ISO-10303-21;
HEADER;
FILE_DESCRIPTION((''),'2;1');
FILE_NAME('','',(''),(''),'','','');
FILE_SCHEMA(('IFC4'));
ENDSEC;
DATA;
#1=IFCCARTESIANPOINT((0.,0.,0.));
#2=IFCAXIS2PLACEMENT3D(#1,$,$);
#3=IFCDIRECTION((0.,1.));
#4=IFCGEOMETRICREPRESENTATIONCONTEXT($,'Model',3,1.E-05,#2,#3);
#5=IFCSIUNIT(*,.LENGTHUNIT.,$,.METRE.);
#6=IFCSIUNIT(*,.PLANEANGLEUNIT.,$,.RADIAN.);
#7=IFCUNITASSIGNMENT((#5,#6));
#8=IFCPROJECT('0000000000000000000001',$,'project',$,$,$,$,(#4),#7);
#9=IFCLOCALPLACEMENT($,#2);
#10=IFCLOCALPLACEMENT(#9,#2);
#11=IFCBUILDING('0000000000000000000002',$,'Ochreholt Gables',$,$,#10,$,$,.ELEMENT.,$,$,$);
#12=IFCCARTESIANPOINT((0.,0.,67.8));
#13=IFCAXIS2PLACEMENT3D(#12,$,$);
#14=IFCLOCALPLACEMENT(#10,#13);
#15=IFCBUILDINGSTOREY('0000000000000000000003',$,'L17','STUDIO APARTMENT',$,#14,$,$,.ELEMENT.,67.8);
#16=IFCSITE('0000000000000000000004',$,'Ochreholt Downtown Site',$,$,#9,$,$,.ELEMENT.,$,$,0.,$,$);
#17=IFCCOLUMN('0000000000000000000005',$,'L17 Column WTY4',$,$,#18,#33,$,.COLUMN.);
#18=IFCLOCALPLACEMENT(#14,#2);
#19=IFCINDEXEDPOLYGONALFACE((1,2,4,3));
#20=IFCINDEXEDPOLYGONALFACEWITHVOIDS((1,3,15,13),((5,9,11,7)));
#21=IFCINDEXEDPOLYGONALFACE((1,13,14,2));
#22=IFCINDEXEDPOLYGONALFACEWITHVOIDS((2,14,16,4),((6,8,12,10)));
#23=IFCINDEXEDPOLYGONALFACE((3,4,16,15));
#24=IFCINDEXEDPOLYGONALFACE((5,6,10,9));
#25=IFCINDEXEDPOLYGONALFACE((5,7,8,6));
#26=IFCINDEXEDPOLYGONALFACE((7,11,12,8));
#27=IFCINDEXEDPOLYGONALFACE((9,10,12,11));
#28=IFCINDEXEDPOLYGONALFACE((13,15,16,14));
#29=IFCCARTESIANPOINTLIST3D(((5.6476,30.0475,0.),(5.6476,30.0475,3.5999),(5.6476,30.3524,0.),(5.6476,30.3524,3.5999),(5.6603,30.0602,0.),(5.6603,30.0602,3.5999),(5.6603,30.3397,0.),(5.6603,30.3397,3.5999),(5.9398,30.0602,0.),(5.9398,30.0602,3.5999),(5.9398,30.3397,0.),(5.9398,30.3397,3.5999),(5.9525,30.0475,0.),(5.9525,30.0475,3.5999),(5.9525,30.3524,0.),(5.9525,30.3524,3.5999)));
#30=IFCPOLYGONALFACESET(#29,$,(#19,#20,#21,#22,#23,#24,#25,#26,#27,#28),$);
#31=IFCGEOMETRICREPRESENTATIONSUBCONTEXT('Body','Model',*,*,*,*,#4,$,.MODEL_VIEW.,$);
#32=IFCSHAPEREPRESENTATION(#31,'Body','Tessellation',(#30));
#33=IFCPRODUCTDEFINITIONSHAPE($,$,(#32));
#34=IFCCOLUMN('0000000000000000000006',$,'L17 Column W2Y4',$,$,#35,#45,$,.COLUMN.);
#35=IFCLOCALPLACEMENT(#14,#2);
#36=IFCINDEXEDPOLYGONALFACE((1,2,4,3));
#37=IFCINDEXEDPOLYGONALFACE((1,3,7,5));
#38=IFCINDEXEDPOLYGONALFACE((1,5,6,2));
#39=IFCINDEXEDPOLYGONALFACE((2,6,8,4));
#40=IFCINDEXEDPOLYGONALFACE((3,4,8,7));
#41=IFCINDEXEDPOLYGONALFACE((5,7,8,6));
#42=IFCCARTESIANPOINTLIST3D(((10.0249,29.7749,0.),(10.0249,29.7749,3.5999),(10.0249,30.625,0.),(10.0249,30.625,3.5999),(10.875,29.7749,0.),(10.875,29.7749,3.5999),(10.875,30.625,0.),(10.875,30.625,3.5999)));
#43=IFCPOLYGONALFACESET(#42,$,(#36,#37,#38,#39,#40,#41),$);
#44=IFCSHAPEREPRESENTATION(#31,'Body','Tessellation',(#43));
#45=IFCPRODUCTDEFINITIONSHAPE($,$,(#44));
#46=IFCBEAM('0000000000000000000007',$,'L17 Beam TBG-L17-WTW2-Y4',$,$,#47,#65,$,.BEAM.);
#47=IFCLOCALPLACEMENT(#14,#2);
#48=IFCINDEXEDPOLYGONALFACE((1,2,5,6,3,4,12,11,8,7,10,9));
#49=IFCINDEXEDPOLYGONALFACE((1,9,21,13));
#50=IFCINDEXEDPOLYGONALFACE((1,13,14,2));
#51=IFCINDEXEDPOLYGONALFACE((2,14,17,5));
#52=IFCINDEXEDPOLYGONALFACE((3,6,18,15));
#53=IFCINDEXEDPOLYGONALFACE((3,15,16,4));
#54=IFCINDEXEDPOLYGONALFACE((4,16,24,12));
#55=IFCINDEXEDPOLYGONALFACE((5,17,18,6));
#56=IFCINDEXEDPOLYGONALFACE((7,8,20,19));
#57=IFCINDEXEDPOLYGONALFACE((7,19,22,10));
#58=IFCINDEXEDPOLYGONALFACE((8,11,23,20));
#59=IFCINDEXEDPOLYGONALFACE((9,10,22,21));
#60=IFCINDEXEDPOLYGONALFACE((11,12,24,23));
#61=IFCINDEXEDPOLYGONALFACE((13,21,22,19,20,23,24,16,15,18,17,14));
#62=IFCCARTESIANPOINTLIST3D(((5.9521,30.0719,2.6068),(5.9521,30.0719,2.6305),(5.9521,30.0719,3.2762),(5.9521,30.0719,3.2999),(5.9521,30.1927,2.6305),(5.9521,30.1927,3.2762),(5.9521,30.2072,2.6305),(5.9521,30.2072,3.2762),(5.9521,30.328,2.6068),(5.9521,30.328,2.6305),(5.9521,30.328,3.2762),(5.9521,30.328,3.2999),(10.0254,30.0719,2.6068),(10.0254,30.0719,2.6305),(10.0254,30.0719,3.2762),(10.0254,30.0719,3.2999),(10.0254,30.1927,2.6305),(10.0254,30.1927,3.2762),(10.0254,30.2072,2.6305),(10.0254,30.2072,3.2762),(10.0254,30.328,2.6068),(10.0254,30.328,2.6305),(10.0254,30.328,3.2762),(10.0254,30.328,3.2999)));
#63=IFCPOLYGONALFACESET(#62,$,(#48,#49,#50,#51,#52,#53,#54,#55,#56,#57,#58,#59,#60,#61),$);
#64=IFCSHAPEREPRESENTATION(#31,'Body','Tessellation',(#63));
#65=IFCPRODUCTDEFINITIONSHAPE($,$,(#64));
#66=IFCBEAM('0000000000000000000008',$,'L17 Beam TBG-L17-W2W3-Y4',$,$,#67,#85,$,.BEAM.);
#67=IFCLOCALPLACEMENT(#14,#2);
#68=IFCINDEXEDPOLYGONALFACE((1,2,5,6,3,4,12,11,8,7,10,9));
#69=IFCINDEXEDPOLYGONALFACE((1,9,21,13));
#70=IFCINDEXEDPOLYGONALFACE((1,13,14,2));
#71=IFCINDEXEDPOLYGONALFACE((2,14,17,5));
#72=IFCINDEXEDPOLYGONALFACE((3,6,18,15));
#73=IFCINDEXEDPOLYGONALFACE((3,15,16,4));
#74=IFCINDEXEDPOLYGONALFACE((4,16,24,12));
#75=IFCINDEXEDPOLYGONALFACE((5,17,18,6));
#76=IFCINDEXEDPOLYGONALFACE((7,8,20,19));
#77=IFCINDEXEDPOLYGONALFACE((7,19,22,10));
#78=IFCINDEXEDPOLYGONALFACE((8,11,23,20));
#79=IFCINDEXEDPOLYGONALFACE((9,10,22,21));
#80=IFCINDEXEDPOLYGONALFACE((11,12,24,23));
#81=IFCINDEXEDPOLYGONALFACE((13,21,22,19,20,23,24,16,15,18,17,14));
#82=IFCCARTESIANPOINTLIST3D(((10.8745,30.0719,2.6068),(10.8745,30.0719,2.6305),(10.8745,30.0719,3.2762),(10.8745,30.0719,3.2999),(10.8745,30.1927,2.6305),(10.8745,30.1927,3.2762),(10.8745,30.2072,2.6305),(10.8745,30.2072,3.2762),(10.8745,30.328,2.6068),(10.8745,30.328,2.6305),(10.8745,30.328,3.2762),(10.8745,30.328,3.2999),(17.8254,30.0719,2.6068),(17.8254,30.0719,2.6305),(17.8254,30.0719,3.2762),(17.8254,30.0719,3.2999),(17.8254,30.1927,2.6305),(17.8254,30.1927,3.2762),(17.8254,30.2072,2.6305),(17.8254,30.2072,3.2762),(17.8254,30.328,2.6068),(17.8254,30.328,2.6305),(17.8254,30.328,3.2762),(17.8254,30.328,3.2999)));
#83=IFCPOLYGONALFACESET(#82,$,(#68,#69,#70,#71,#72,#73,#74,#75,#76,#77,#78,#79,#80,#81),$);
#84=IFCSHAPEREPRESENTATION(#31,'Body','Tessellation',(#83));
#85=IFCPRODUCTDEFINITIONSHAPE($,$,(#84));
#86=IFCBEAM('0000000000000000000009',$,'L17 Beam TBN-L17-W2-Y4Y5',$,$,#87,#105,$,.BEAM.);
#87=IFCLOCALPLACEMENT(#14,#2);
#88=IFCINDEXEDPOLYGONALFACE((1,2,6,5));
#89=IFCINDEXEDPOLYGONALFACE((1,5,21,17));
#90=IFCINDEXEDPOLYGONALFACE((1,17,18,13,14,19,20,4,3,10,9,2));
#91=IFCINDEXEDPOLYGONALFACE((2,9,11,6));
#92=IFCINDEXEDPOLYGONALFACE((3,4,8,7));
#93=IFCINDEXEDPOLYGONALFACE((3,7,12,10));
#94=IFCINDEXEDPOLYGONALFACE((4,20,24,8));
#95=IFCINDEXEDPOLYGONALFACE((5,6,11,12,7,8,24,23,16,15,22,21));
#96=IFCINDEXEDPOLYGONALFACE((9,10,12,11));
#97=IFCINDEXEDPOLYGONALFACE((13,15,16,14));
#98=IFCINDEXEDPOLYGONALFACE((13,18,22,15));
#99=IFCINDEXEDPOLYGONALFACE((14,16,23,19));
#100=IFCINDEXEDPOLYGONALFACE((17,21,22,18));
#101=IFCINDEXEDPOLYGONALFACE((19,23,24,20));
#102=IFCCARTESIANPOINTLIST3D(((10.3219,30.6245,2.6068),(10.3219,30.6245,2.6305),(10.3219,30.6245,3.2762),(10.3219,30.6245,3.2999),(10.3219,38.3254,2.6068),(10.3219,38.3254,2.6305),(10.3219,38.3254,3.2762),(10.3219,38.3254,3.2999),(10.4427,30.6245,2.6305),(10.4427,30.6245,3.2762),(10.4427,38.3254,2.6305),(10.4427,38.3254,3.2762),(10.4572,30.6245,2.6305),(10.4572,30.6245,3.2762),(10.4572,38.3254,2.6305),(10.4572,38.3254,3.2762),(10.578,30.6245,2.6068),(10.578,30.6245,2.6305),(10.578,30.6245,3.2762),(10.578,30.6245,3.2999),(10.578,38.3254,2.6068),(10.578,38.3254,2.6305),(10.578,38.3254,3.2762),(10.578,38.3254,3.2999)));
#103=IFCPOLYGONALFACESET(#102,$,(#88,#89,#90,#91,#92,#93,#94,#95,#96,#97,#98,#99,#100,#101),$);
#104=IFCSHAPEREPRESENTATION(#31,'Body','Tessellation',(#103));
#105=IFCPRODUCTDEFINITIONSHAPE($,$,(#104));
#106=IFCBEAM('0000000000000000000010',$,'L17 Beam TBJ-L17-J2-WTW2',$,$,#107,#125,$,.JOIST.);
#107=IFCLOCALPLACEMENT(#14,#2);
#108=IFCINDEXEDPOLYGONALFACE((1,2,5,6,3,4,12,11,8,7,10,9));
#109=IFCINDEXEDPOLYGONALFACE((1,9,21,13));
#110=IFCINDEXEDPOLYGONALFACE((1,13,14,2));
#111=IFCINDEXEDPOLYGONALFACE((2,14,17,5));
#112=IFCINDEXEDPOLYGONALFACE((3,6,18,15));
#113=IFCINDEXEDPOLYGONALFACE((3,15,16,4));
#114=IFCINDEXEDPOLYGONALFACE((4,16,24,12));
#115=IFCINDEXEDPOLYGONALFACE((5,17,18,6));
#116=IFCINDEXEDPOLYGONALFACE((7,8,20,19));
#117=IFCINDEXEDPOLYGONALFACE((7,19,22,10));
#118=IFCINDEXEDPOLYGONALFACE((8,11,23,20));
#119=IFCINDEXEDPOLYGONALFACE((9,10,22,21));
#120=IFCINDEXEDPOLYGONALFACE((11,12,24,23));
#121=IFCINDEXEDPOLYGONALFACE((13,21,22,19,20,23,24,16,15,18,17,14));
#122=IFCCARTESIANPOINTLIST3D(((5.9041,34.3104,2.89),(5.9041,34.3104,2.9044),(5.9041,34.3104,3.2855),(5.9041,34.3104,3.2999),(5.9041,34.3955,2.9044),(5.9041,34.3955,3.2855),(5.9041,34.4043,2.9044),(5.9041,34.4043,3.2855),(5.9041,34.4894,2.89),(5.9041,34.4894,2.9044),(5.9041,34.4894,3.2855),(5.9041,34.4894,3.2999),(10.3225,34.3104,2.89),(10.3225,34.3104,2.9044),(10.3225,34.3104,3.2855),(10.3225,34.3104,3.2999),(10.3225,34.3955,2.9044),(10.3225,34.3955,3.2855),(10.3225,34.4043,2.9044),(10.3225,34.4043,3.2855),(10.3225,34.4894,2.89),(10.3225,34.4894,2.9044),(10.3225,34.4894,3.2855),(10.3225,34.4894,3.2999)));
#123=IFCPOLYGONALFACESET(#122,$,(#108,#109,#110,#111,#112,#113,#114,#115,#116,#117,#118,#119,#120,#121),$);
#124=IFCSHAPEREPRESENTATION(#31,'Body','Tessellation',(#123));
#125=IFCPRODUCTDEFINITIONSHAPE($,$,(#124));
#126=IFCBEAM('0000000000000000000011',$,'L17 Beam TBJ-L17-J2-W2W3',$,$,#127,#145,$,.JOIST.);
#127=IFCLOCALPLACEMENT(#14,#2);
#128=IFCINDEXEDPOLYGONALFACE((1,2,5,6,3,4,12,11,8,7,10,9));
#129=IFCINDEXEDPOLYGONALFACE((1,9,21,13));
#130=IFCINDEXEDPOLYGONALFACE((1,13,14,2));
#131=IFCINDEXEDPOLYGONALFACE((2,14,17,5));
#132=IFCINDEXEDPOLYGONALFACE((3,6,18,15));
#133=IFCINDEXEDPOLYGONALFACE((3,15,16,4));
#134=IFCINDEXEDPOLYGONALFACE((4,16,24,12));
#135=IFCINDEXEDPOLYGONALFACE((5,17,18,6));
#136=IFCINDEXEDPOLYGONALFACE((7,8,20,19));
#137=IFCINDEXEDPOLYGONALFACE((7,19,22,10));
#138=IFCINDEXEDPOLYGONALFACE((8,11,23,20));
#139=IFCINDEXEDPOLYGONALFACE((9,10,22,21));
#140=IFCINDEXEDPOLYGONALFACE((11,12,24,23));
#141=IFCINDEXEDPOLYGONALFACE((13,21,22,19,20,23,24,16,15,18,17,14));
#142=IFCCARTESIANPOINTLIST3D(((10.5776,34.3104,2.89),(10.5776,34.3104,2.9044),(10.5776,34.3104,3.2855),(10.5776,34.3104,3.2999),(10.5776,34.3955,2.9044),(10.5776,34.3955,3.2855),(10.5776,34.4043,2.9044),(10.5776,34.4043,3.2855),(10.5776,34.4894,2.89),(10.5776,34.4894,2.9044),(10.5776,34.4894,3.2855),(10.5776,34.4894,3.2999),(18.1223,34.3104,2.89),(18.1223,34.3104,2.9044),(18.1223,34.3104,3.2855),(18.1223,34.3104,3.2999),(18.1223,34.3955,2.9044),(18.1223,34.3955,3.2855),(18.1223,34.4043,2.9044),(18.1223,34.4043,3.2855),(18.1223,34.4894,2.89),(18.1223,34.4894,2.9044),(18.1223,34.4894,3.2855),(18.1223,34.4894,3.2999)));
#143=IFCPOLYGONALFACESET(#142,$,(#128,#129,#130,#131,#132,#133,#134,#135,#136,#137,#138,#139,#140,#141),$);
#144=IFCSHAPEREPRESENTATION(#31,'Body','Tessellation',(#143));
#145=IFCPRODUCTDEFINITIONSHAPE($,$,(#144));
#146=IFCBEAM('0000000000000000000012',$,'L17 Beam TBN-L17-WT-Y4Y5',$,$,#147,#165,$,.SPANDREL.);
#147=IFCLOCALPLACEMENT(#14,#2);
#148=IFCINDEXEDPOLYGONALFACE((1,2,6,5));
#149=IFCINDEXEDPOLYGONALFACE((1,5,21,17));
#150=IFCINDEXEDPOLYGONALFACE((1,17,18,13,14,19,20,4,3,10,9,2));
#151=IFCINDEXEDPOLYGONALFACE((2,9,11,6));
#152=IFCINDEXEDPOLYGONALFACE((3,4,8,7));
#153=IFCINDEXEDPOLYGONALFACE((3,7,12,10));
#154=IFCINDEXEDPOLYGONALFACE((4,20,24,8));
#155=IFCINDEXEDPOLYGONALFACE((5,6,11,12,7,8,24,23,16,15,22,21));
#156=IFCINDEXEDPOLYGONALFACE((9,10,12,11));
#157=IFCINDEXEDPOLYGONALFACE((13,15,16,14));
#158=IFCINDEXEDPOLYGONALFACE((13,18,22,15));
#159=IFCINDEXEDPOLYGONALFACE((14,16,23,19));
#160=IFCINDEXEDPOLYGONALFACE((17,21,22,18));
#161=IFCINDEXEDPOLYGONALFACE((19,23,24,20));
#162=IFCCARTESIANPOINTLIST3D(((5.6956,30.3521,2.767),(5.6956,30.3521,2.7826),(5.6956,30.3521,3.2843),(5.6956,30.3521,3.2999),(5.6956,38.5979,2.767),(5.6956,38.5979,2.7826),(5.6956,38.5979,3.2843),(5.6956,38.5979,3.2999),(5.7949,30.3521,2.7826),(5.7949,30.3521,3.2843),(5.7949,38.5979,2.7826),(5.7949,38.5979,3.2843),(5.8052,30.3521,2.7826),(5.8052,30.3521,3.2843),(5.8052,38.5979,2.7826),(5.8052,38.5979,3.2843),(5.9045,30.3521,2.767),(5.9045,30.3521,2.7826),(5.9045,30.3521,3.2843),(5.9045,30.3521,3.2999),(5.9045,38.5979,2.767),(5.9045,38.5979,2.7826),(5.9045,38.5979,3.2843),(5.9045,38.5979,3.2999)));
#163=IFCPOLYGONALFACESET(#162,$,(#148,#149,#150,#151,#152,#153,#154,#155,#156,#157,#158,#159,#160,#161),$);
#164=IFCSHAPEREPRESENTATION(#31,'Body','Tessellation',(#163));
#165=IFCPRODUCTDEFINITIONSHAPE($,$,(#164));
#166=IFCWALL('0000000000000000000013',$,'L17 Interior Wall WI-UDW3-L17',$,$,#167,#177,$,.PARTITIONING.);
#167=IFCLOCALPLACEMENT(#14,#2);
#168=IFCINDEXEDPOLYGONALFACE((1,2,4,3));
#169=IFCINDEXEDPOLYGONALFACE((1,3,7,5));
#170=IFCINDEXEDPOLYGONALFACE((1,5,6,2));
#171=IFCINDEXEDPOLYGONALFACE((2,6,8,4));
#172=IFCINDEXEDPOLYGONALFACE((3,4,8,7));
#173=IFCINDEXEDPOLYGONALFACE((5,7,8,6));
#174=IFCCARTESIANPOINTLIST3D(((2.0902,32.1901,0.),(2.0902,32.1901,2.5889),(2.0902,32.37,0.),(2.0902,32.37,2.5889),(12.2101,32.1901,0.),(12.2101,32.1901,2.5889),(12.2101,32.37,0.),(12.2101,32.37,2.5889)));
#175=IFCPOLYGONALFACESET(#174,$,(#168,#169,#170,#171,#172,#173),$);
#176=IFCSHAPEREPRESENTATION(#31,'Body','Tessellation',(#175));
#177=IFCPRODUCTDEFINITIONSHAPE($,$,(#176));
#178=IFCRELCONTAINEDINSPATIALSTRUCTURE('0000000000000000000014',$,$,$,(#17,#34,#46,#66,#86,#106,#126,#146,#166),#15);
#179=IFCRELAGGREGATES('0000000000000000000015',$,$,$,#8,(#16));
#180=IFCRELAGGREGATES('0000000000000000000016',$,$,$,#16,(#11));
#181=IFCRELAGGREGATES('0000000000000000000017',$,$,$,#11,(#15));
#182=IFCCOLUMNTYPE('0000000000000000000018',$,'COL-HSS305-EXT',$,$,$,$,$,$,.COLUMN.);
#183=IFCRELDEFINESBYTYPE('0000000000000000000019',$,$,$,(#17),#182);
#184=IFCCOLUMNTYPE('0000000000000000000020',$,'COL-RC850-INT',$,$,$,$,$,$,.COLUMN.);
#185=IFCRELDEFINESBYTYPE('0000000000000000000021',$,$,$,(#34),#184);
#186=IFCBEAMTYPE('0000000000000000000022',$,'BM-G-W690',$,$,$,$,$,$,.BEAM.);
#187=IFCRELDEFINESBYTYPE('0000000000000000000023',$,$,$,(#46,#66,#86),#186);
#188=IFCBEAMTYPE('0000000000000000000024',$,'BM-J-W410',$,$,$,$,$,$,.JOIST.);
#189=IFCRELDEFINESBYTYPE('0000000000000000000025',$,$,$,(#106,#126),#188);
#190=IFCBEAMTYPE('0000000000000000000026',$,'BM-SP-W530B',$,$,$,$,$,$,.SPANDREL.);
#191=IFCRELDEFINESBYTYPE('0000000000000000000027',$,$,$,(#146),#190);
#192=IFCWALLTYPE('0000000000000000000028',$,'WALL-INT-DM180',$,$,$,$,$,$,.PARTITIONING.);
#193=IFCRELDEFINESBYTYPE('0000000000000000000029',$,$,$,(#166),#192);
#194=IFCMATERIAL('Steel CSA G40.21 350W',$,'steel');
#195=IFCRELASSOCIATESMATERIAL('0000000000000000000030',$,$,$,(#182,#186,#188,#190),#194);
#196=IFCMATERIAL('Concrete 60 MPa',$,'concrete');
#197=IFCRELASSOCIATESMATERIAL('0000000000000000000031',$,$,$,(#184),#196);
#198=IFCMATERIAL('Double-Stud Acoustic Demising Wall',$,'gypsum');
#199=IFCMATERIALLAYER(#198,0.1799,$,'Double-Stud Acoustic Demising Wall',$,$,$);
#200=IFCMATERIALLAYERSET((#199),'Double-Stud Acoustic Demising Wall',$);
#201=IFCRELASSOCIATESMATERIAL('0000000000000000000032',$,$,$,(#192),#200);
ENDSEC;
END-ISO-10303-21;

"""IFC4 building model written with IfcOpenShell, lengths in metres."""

from ifc_helpers import new_model, si_unit, direction, frame, frame_2d, origin, origin_2d, place, context, subcontext, project, spatial, rectangle, hollow_rectangle, i_section, extrude, material, layer, layer_set, material_profile, profile_set, type_object, element, save


model = new_model("IFC4")

# Units and contexts
model_context = context("Model", 3, precision=1e-05, world=origin(), true_north=direction((0.0, 1.0)))
body_context = subcontext(model_context, "Body", "Model", "MODEL_VIEW")
ifc_project = project(units=[si_unit("LENGTHUNIT", "METRE"), si_unit("PLANEANGLEUNIT", "RADIAN")], contexts=[model_context])

# Site, building, storey
site_placement = place(None, origin())
site = spatial("IfcSite", under=ifc_project, at=site_placement, Name="Ochreholt Downtown Site", CompositionType="ELEMENT", RefElevation=0.0)
building_placement = place(site_placement, origin())
building = spatial("IfcBuilding", under=site, at=building_placement, Name="Ochreholt Gables", CompositionType="ELEMENT")
storey_placement = place(building_placement, frame((0.0, 0.0, 67.8)))
storey = spatial("IfcBuildingStorey", under=building, at=storey_placement, Name="L17", Description="STUDIO APARTMENT", CompositionType="ELEMENT", Elevation=67.8)

# Columns
ifc_material_1 = material(Name="Steel CSA G40.21 350W", Category="steel")
ifc_material_profile_1 = material_profile(ifc_material_1, hollow_rectangle(XDim=0.3049, YDim=0.3049, WallThickness=0.0127, at=origin_2d()), Name="HSS305X305X13")
ifc_profile_set_1 = profile_set([ifc_material_profile_1], Name="Steel CSA G40.21 350W")
column_type_1 = type_object("IfcColumnType", Name="COL-HSS305-EXT", PredefinedType="COLUMN", material=ifc_profile_set_1)
column_1_placement = place(storey_placement, frame((5.8, 30.2, 0.0), z_axis=(0.0, 0.0, 1.0), x_axis=(1.0, 0.0, 0.0)))
element("IfcColumn", 1, at=column_1_placement, inside=storey, type_object=column_type_1, Name="L17 Column WTY4", PredefinedType="COLUMN", context=body_context, shape_type="SweptSolid", body=[
    extrude(hollow_rectangle(XDim=0.3049, YDim=0.3049, WallThickness=0.0127, at=origin_2d()), origin(), (0.0, 0.0, 1.0), 3.5999),
])
ifc_material_2 = material(Name="Concrete 60 MPa", Category="concrete")
ifc_material_profile_2 = material_profile(ifc_material_2, rectangle(XDim=0.8501, YDim=0.8501, at=origin_2d()), Name="RC850X850")
ifc_profile_set_2 = profile_set([ifc_material_profile_2], Name="Concrete 60 MPa")
column_type_2 = type_object("IfcColumnType", Name="COL-RC850-INT", PredefinedType="COLUMN", material=ifc_profile_set_2)
column_2_placement = place(storey_placement, frame((10.45, 30.2, 0.0), z_axis=(0.0, 0.0, 1.0), x_axis=(1.0, 0.0, 0.0)))
element("IfcColumn", 2, at=column_2_placement, inside=storey, type_object=column_type_2, Name="L17 Column W2Y4", PredefinedType="COLUMN", context=body_context, shape_type="SweptSolid", body=[
    extrude(rectangle(XDim=0.8501, YDim=0.8501, at=origin_2d()), origin(), (0.0, 0.0, 1.0), 3.5999),
])

# Beams
ifc_material_profile_3 = material_profile(ifc_material_1, i_section(OverallWidth=0.2561, OverallDepth=0.6931, WebThickness=0.0144, FlangeThickness=0.0237, at=origin_2d()), Name="W690X170")
ifc_profile_set_3 = profile_set([ifc_material_profile_3], Name="Steel CSA G40.21 350W")
beam_type_1 = type_object("IfcBeamType", Name="BM-G-W690", PredefinedType="BEAM", material=ifc_profile_set_3)
beam_1_placement = place(storey_placement, frame((5.9521, 30.2, 2.9534), z_axis=(1.0, 0.0, 0.0), x_axis=(0.0, 1.0, 0.0)))
element("IfcBeam", 3, at=beam_1_placement, inside=storey, type_object=beam_type_1, Name="L17 Beam TBG-L17-WTW2-Y4", PredefinedType="BEAM", context=body_context, shape_type="SweptSolid", body=[
    extrude(i_section(OverallWidth=0.2561, OverallDepth=0.6931, WebThickness=0.0144, FlangeThickness=0.0237, at=origin_2d()), origin(), (0.0, 0.0, 1.0), 4.0732),
])
beam_2_placement = place(storey_placement, frame((10.8745, 30.2, 2.9534), z_axis=(1.0, 0.0, 0.0), x_axis=(0.0, 1.0, 0.0)))
element("IfcBeam", 4, at=beam_2_placement, inside=storey, type_object=beam_type_1, Name="L17 Beam TBG-L17-W2W3-Y4", PredefinedType="BEAM", context=body_context, shape_type="SweptSolid", body=[
    extrude(i_section(OverallWidth=0.2561, OverallDepth=0.6931, WebThickness=0.0144, FlangeThickness=0.0237, at=origin_2d()), origin(), (0.0, 0.0, 1.0), 6.9509),
])
beam_3_placement = place(storey_placement, frame((10.45, 30.6245, 2.9534), z_axis=(0.0, 1.0, 0.0), x_axis=(-1.0, 0.0, 0.0)))
element("IfcBeam", 5, at=beam_3_placement, inside=storey, type_object=beam_type_1, Name="L17 Beam TBN-L17-W2-Y4Y5", PredefinedType="BEAM", context=body_context, shape_type="SweptSolid", body=[
    extrude(i_section(OverallWidth=0.2561, OverallDepth=0.6931, WebThickness=0.0144, FlangeThickness=0.0237, at=origin_2d()), origin(), (0.0, 0.0, 1.0), 7.7009),
])
ifc_material_profile_4 = material_profile(ifc_material_1, i_section(OverallWidth=0.179, OverallDepth=0.4099, WebThickness=0.0088, FlangeThickness=0.0144, at=origin_2d()), Name="W410X67")
ifc_profile_set_4 = profile_set([ifc_material_profile_4], Name="Steel CSA G40.21 350W")
beam_type_2 = type_object("IfcBeamType", Name="BM-J-W410", PredefinedType="JOIST", material=ifc_profile_set_4)
beam_4_placement = place(storey_placement, frame((5.9041, 34.3999, 3.095), z_axis=(1.0, 0.0, 0.0), x_axis=(0.0, 1.0, 0.0)))
element("IfcBeam", 6, at=beam_4_placement, inside=storey, type_object=beam_type_2, Name="L17 Beam TBJ-L17-J2-WTW2", PredefinedType="JOIST", context=body_context, shape_type="SweptSolid", body=[
    extrude(i_section(OverallWidth=0.179, OverallDepth=0.4099, WebThickness=0.0088, FlangeThickness=0.0144, at=origin_2d()), origin(), (0.0, 0.0, 1.0), 4.4185),
])
beam_5_placement = place(storey_placement, frame((10.5776, 34.3999, 3.095), z_axis=(1.0, 0.0, 0.0), x_axis=(0.0, 1.0, 0.0)))
element("IfcBeam", 7, at=beam_5_placement, inside=storey, type_object=beam_type_2, Name="L17 Beam TBJ-L17-J2-W2W3", PredefinedType="JOIST", context=body_context, shape_type="SweptSolid", body=[
    extrude(i_section(OverallWidth=0.179, OverallDepth=0.4099, WebThickness=0.0088, FlangeThickness=0.0144, at=origin_2d()), origin(), (0.0, 0.0, 1.0), 7.5447),
])
ifc_material_profile_5 = material_profile(ifc_material_1, i_section(OverallWidth=0.209, OverallDepth=0.533, WebThickness=0.0103, FlangeThickness=0.0156, at=origin_2d()), Name="W530X92")
ifc_profile_set_5 = profile_set([ifc_material_profile_5], Name="Steel CSA G40.21 350W")
beam_type_3 = type_object("IfcBeamType", Name="BM-SP-W530B", PredefinedType="SPANDREL", material=ifc_profile_set_5)
beam_6_placement = place(storey_placement, frame((5.8, 30.3521, 3.0334), z_axis=(0.0, 1.0, 0.0), x_axis=(-1.0, 0.0, 0.0)))
element("IfcBeam", 8, at=beam_6_placement, inside=storey, type_object=beam_type_3, Name="L17 Beam TBN-L17-WT-Y4Y5", PredefinedType="SPANDREL", context=body_context, shape_type="SweptSolid", body=[
    extrude(i_section(OverallWidth=0.209, OverallDepth=0.533, WebThickness=0.0103, FlangeThickness=0.0156, at=origin_2d()), origin(), (0.0, 0.0, 1.0), 8.2458),
])

# Wall
ifc_material_3 = material(Name="Double-Stud Acoustic Demising Wall", Category="gypsum")
ifc_layer_1 = layer(ifc_material_3, 0.1799, Name="Double-Stud Acoustic Demising Wall")
ifc_layer_set_1 = layer_set([ifc_layer_1], Name="Double-Stud Acoustic Demising Wall")
wall_type_1 = type_object("IfcWallType", Name="WALL-INT-DM180", PredefinedType="PARTITIONING", material=ifc_layer_set_1)
wall_1_placement = place(storey_placement, frame((2.0901, 32.28, 0.0), z_axis=(0.0, 0.0, 1.0), x_axis=(1.0, 0.0, 0.0)))
element("IfcWall", 9, at=wall_1_placement, inside=storey, type_object=wall_type_1, Name="L17 Interior Wall WI-UDW3-L17", PredefinedType="PARTITIONING", context=body_context, shape_type="SweptSolid", body=[
    extrude(rectangle(XDim=10.1199, YDim=0.1799, at=frame_2d((5.0601, 0.0))), origin(), (0.0, 0.0, 1.0), 2.5889),
])

save(model, "model.ifc")
